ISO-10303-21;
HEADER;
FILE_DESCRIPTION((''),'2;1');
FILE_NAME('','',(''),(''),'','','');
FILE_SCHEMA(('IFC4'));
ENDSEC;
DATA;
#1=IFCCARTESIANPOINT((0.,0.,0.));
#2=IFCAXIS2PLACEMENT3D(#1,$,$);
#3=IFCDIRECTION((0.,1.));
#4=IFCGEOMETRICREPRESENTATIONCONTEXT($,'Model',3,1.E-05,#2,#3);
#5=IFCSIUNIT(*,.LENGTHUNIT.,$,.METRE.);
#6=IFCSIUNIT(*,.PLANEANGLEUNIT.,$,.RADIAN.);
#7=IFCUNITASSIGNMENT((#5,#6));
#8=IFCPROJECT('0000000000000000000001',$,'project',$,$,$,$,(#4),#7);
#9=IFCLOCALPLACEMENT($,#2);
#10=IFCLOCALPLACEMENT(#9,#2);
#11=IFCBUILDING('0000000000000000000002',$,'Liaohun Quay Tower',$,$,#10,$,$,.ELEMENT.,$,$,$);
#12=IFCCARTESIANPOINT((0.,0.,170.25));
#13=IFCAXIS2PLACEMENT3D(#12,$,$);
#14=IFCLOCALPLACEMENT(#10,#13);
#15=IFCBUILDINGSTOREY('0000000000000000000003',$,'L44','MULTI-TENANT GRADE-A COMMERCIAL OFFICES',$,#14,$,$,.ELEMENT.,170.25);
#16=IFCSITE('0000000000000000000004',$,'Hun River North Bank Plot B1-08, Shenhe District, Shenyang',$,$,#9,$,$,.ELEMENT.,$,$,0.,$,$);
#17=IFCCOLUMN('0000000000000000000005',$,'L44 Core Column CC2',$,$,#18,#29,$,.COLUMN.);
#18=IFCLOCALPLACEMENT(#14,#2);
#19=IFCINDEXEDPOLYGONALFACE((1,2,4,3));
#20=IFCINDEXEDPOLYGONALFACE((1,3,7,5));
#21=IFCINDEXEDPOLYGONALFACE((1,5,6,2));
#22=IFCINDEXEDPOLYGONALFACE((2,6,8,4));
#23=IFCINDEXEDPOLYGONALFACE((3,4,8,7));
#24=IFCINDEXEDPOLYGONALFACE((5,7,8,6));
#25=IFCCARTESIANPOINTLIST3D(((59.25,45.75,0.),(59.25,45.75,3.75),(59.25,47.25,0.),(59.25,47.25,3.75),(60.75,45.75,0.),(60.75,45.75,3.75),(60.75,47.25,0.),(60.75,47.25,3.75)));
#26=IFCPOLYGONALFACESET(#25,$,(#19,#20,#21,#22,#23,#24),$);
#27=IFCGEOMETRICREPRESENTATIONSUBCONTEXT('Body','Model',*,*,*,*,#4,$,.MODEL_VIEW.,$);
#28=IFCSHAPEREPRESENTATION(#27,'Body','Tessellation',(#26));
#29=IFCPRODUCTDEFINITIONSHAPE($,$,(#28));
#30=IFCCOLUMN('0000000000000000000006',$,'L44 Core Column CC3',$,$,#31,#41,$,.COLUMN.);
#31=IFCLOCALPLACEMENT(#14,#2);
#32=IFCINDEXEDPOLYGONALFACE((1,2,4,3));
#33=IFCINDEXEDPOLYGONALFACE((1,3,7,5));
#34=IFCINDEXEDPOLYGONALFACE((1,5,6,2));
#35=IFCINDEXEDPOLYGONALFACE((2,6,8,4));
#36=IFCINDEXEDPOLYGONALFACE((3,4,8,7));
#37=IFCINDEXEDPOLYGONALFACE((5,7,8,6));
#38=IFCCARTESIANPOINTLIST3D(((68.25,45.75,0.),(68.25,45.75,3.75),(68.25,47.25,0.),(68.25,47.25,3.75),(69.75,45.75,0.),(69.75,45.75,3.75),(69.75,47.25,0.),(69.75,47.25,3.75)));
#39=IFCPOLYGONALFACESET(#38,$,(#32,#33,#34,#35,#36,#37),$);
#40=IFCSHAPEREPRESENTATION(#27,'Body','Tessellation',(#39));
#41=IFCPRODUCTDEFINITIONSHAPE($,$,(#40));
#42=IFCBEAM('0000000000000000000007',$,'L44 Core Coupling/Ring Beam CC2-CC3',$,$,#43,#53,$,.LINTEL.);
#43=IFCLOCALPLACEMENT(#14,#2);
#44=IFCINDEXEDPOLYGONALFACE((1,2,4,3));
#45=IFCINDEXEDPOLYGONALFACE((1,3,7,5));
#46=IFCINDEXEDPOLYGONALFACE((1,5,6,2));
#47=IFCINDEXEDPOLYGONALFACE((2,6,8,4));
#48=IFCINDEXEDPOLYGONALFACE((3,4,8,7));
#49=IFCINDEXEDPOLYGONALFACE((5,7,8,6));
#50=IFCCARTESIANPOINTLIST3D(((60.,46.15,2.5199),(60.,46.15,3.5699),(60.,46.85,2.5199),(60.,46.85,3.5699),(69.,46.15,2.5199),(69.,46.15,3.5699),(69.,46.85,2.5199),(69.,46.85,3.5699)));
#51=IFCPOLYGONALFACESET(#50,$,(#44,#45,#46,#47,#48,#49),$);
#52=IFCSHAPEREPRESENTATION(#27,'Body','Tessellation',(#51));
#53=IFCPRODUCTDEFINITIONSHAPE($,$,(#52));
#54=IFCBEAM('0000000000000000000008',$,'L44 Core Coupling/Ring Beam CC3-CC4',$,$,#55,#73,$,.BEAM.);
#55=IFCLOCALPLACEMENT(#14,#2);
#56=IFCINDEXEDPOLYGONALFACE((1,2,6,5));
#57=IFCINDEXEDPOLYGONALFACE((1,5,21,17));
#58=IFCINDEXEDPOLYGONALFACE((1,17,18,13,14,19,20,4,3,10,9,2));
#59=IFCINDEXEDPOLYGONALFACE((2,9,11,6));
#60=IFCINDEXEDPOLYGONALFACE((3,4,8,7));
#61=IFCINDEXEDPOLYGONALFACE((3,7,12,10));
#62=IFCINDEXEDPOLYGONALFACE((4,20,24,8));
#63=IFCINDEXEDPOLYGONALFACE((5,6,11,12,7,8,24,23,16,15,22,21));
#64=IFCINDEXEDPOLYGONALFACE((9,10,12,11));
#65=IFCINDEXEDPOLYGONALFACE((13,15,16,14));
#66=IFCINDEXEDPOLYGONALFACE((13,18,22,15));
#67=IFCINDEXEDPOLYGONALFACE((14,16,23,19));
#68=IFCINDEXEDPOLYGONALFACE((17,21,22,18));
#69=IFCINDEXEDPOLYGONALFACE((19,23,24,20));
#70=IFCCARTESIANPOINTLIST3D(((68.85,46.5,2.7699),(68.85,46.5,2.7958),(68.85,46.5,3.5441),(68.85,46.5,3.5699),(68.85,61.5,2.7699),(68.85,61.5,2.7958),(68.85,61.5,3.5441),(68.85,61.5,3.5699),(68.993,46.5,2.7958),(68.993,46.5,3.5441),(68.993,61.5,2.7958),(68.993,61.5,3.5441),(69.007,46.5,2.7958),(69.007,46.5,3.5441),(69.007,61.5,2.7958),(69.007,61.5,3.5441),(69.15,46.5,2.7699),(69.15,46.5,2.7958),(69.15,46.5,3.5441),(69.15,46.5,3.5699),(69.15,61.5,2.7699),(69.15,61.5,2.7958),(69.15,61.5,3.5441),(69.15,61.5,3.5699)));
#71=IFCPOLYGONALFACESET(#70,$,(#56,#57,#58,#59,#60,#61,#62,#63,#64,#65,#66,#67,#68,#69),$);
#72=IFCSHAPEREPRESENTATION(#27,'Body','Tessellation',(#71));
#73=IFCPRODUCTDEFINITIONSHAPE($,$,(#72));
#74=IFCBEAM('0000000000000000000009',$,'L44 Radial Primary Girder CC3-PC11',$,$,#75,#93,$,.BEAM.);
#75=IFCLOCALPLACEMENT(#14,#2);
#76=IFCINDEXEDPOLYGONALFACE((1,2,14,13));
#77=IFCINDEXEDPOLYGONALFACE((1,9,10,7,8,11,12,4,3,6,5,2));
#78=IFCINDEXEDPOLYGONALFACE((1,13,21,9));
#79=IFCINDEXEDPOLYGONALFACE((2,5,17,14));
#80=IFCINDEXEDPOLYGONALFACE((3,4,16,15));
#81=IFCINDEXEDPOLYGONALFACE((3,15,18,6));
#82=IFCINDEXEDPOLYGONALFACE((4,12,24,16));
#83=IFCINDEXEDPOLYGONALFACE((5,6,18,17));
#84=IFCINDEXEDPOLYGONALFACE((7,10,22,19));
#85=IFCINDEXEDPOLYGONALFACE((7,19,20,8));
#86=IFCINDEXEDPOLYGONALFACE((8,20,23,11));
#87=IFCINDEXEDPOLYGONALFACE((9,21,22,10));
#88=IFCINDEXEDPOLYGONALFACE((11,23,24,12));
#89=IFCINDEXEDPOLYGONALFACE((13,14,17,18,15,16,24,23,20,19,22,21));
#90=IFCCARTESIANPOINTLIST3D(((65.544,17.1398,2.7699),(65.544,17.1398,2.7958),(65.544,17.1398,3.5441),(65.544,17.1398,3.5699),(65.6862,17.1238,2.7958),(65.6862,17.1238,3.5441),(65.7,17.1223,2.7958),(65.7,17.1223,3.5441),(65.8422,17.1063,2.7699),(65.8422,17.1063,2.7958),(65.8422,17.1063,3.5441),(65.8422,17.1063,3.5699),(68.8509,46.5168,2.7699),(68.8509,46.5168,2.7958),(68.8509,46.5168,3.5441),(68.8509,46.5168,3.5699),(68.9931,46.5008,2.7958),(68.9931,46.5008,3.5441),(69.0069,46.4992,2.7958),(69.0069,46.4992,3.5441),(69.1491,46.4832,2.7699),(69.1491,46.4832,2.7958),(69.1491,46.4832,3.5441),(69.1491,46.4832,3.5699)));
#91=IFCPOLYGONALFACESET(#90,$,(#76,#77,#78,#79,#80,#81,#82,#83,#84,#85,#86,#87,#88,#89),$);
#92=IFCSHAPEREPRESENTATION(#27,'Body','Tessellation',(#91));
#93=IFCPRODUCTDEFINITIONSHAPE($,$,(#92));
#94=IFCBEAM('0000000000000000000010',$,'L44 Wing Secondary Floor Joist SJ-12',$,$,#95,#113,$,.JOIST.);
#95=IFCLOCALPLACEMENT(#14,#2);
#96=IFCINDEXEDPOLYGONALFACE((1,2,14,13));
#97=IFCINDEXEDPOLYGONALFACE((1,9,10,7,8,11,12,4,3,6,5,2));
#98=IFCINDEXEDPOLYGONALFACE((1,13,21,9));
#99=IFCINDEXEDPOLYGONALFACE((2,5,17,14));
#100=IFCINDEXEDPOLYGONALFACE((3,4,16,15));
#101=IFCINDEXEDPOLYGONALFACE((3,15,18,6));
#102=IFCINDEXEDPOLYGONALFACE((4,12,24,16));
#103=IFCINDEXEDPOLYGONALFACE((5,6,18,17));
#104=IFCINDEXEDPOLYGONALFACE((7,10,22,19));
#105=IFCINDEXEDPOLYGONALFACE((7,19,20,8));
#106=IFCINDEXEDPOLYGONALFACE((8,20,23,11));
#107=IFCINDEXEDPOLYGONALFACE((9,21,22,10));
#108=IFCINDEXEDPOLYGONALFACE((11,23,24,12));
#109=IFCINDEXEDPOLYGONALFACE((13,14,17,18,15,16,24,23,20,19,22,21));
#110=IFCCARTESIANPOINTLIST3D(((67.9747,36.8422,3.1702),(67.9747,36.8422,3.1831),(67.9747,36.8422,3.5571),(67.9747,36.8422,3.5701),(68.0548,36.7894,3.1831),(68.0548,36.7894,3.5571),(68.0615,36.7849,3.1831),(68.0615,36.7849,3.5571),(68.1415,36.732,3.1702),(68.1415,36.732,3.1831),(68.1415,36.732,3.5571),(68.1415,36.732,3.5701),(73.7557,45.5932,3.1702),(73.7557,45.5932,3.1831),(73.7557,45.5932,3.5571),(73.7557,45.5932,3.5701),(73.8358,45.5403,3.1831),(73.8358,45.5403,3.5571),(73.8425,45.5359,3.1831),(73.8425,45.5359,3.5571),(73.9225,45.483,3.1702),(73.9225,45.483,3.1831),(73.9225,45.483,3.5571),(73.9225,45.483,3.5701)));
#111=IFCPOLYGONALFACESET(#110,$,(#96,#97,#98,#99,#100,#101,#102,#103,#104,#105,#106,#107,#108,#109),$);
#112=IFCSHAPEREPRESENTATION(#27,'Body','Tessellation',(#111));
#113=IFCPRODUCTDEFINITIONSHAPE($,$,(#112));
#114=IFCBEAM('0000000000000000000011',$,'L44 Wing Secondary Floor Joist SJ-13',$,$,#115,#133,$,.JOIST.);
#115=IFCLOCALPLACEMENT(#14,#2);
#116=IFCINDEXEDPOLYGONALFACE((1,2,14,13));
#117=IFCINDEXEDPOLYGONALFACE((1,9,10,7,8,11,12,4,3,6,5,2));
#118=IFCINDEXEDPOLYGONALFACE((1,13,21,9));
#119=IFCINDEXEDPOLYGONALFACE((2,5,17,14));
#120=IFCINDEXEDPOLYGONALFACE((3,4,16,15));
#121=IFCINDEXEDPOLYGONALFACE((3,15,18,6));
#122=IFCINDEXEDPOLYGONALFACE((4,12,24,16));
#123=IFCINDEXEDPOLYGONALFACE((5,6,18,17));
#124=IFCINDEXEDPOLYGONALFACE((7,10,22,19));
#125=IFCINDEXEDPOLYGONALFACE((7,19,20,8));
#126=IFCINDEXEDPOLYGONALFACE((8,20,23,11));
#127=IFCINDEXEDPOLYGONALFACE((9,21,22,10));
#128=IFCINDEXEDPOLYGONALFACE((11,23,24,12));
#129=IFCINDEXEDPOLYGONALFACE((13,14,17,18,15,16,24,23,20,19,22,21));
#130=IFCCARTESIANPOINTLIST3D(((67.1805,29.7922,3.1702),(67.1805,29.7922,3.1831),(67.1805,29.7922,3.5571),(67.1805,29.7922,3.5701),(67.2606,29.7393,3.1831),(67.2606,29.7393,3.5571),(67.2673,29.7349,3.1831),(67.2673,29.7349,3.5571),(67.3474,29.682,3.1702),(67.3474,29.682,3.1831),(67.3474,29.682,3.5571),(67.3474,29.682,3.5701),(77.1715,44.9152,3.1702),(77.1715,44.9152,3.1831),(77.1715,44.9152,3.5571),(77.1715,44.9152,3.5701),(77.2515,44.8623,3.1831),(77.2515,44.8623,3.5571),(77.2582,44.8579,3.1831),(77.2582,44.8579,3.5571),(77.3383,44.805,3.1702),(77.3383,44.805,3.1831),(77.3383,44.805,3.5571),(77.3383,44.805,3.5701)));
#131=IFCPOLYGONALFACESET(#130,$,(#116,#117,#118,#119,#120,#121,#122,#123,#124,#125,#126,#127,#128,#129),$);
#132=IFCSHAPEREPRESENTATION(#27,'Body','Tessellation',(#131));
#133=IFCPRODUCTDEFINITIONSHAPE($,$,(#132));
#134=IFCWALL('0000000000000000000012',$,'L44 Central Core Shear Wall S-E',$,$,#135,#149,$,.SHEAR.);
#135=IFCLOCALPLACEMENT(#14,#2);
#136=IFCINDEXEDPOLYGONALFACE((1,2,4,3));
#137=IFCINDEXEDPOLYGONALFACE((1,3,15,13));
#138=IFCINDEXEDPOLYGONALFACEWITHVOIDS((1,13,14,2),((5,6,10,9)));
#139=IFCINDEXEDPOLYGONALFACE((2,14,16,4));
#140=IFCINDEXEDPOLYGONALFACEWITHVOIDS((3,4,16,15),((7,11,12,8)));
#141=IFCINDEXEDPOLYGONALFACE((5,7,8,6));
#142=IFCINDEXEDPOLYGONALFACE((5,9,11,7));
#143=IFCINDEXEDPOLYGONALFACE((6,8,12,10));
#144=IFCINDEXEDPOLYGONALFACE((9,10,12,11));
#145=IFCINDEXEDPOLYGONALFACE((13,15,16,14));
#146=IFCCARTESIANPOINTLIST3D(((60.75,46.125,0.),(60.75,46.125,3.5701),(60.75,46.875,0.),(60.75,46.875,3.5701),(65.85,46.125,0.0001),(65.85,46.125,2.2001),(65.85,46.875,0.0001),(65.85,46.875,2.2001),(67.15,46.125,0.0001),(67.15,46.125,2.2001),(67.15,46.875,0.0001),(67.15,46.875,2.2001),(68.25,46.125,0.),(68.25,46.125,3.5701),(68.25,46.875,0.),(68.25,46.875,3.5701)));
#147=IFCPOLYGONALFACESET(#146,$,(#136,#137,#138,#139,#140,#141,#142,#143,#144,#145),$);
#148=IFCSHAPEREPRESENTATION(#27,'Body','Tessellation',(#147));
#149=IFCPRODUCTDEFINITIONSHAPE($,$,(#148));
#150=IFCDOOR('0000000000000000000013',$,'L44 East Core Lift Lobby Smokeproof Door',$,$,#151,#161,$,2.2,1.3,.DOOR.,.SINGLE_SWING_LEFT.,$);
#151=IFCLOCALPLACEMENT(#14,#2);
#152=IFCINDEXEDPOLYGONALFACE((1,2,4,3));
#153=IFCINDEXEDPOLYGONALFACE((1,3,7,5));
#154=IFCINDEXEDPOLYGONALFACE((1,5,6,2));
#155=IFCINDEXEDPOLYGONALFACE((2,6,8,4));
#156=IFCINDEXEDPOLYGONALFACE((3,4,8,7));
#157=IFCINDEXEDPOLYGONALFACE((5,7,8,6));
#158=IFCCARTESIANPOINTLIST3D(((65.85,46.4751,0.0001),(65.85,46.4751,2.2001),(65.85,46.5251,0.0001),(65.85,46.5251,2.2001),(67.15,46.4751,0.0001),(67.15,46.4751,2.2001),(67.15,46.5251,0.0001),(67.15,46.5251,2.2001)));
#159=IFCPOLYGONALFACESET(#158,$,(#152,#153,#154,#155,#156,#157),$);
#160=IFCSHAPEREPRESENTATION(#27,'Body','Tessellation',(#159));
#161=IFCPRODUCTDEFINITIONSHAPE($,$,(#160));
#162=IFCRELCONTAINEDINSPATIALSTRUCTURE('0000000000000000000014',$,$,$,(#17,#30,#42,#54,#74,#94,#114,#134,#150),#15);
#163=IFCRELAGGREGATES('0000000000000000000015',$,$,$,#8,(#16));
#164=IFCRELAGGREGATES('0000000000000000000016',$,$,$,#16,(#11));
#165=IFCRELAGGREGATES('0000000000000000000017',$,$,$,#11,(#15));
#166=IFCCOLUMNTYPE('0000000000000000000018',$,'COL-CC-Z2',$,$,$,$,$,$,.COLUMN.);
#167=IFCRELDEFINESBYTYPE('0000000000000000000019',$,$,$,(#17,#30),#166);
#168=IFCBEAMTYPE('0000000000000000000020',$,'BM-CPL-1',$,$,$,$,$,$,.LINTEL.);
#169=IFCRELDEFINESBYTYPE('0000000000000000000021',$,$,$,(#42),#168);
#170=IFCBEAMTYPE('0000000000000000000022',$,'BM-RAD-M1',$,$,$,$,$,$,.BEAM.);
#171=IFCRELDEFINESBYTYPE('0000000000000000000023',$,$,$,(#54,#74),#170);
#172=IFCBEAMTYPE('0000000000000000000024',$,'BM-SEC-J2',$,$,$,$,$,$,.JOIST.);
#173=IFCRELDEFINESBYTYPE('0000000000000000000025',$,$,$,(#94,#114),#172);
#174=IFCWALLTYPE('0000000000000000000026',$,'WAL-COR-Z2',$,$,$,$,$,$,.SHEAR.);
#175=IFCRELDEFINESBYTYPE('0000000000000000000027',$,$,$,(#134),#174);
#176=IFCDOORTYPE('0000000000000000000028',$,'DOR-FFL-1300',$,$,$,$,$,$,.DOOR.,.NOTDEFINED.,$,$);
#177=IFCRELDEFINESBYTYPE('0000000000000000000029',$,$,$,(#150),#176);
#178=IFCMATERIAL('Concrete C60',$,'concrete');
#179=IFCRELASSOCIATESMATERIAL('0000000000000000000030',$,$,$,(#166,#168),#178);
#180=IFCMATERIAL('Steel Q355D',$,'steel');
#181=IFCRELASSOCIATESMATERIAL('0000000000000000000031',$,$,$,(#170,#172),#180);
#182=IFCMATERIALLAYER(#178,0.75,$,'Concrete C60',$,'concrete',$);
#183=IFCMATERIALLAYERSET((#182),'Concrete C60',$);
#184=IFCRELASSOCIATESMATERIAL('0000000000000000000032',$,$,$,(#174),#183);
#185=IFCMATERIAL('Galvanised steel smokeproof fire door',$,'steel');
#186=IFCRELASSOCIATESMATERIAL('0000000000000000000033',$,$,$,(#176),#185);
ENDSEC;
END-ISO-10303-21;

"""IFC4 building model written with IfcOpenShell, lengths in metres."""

from ifc_helpers import new_model, si_unit, direction, frame, frame_2d, origin, origin_2d, place, context, subcontext, project, spatial, rectangle, i_section, extrude, source, transform, mapped, material, layer, layer_set, material_profile, profile_set, type_object, element, fill, save


model = new_model("IFC4")

# Units and contexts
model_context = context("Model", 3, precision=1e-05, world=origin(), true_north=direction((0.0, 1.0)))
body_context = subcontext(model_context, "Body", "Model", "MODEL_VIEW")
ifc_project = project(units=[si_unit("LENGTHUNIT", "METRE"), si_unit("PLANEANGLEUNIT", "RADIAN")], contexts=[model_context])

# Site, building, storey
site_placement = place(None, origin())
site = spatial("IfcSite", under=ifc_project, at=site_placement, Name="Hun River North Bank Plot B1-08, Shenhe District, Shenyang", CompositionType="ELEMENT", RefElevation=0.0)
building_placement = place(site_placement, origin())
building = spatial("IfcBuilding", under=site, at=building_placement, Name="Liaohun Quay Tower", CompositionType="ELEMENT")
storey_placement = place(building_placement, frame((0.0, 0.0, 170.25)))
storey = spatial("IfcBuildingStorey", under=building, at=storey_placement, Name="L44", Description="MULTI-TENANT GRADE-A COMMERCIAL OFFICES", CompositionType="ELEMENT", Elevation=170.25)

# Columns
ifc_material_1 = material(Name="Concrete C60", Category="concrete")
ifc_material_profile_1 = material_profile(ifc_material_1, rectangle(XDim=1.5, YDim=1.5, at=origin_2d()), Name="RC1500x1500")
ifc_profile_set_1 = profile_set([ifc_material_profile_1], Name="Concrete C60")
column_type = type_object("IfcColumnType", Name="COL-CC-Z2", PredefinedType="COLUMN", material=ifc_profile_set_1)
shared_shape_1 = source(origin(), body_context, "Body", "SweptSolid", [
    extrude(rectangle(XDim=1.5, YDim=1.5, at=origin_2d()), origin(), (0.0, 0.0, 1.0), 3.75),
])
for number, where, z_axis, x_axis, name in (
    (1, (60.0, 46.5, 0.0), (0.0, 0.0, 1.0), (1.0, 0.0, 0.0), "L44 Core Column CC2"),
    (2, (69.0, 46.5, 0.0), (0.0, 0.0, 1.0), (1.0, 0.0, 0.0), "L44 Core Column CC3"),
):
    element("IfcColumn", number, at=place(storey_placement, frame(where, z_axis=z_axis, x_axis=x_axis)), inside=storey, type_object=column_type, Name=name, PredefinedType="COLUMN", context=body_context, shape_type="MappedRepresentation", body=[
        mapped(shared_shape_1, transform((0.0, 0.0, 0.0), x_axis=(1.0, 0.0, 0.0), y_axis=(0.0, 1.0, 0.0), z_axis=(0.0, 0.0, 1.0), scale=1.0)),
    ])

# Beams
ifc_material_profile_2 = material_profile(ifc_material_1, rectangle(XDim=0.7, YDim=1.05, at=origin_2d()), Name="RC700x1050")
ifc_profile_set_2 = profile_set([ifc_material_profile_2], Name="Concrete C60")
beam_type_1 = type_object("IfcBeamType", Name="BM-CPL-1", PredefinedType="LINTEL", material=ifc_profile_set_2)
shared_shape_2 = source(origin(), body_context, "Body", "SweptSolid", [
    extrude(rectangle(XDim=0.7, YDim=1.05, at=origin_2d()), origin(), (0.0, 0.0, 1.0), 9.0),
])
beam_1_placement = place(storey_placement, frame((60.0, 46.5, 3.0449), z_axis=(1.0, 0.0, 0.0), x_axis=(0.0, 1.0, 0.0)))
element("IfcBeam", 3, at=beam_1_placement, inside=storey, type_object=beam_type_1, Name="L44 Core Coupling/Ring Beam CC2-CC3", PredefinedType="LINTEL", context=body_context, shape_type="MappedRepresentation", body=[
    mapped(shared_shape_2, transform((0.0, 0.0, 0.0), x_axis=(1.0, 0.0, 0.0), y_axis=(0.0, 1.0, 0.0), z_axis=(0.0, 0.0, 1.0), scale=1.0)),
])
ifc_material_2 = material(Name="Steel Q355D", Category="steel")
ifc_material_profile_3 = material_profile(ifc_material_2, i_section(OverallWidth=0.3, OverallDepth=0.8, WebThickness=0.0139, FlangeThickness=0.0259, at=origin_2d()), Name="HN800x300x14x26")
ifc_profile_set_3 = profile_set([ifc_material_profile_3], Name="Steel Q355D")
beam_type_2 = type_object("IfcBeamType", Name="BM-RAD-M1", PredefinedType="BEAM", material=ifc_profile_set_3)
shared_shape_3 = source(origin(), body_context, "Body", "SweptSolid", [
    extrude(i_section(OverallWidth=0.3, OverallDepth=0.8, WebThickness=0.0139, FlangeThickness=0.0259, at=origin_2d()), origin(), (0.0, 0.0, 1.0), 15.0),
])
beam_2_placement = place(storey_placement, frame((69.0, 46.5, 3.1699), z_axis=(0.0, 1.0, 0.0), x_axis=(-1.0, 0.0, 0.0)))
element("IfcBeam", 4, at=beam_2_placement, inside=storey, type_object=beam_type_2, Name="L44 Core Coupling/Ring Beam CC3-CC4", PredefinedType="BEAM", context=body_context, shape_type="MappedRepresentation", body=[
    mapped(shared_shape_3, transform((0.0, 0.0, 0.0), x_axis=(1.0, 0.0, 0.0), y_axis=(0.0, 1.0, 0.0), z_axis=(0.0, 0.0, 1.0), scale=1.0)),
])
shared_shape_4 = source(origin(), body_context, "Body", "SweptSolid", [
    extrude(i_section(OverallWidth=0.3, OverallDepth=0.8, WebThickness=0.0139, FlangeThickness=0.0259, at=origin_2d()), origin(), (0.0, 0.0, 1.0), 29.5625),
])
beam_3_placement = place(storey_placement, frame((69.0, 46.5, 3.1699), z_axis=(-0.111861, -0.993724, 0.0), x_axis=(0.993724, -0.111861, 0.0)))
element("IfcBeam", 5, at=beam_3_placement, inside=storey, type_object=beam_type_2, Name="L44 Radial Primary Girder CC3-PC11", PredefinedType="BEAM", context=body_context, shape_type="MappedRepresentation", body=[
    mapped(shared_shape_4, transform((0.0, 0.0, 0.0), x_axis=(1.0, 0.0, 0.0), y_axis=(0.0, 1.0, 0.0), z_axis=(0.0, 0.0, 1.0), scale=1.0)),
])
ifc_material_profile_4 = material_profile(ifc_material_2, i_section(OverallWidth=0.2, OverallDepth=0.3999, WebThickness=0.0081, FlangeThickness=0.0129, at=origin_2d()), Name="HN400x200x8x13")
ifc_profile_set_4 = profile_set([ifc_material_profile_4], Name="Steel Q355D")
beam_type_3 = type_object("IfcBeamType", Name="BM-SEC-J2", PredefinedType="JOIST", material=ifc_profile_set_4)
shared_shape_5 = source(origin(), body_context, "Body", "SweptSolid", [
    extrude(i_section(OverallWidth=0.2, OverallDepth=0.3999, WebThickness=0.0081, FlangeThickness=0.0129, at=origin_2d()), origin(), (0.0, 0.0, 1.0), 10.488),
])
beam_4_placement = place(storey_placement, frame((73.8391, 45.5381, 3.3701), z_axis=(-0.551198, -0.834374, 0.0), x_axis=(0.834374, -0.551198, 0.0)))
element("IfcBeam", 6, at=beam_4_placement, inside=storey, type_object=beam_type_3, Name="L44 Wing Secondary Floor Joist SJ-12", PredefinedType="JOIST", context=body_context, shape_type="MappedRepresentation", body=[
    mapped(shared_shape_5, transform((0.0, 0.0, 0.0), x_axis=(1.0, 0.0, 0.0), y_axis=(0.0, 1.0, 0.0), z_axis=(0.0, 0.0, 1.0), scale=1.0)),
])
shared_shape_6 = source(origin(), body_context, "Body", "SweptSolid", [
    extrude(i_section(OverallWidth=0.2, OverallDepth=0.3999, WebThickness=0.0081, FlangeThickness=0.0129, at=origin_2d()), origin(), (0.0, 0.0, 1.0), 18.1252),
])
beam_5_placement = place(storey_placement, frame((77.2549, 44.8601, 3.3701), z_axis=(-0.551217, -0.834362, 0.0), x_axis=(0.834362, -0.551217, 0.0)))
element("IfcBeam", 7, at=beam_5_placement, inside=storey, type_object=beam_type_3, Name="L44 Wing Secondary Floor Joist SJ-13", PredefinedType="JOIST", context=body_context, shape_type="MappedRepresentation", body=[
    mapped(shared_shape_6, transform((0.0, 0.0, 0.0), x_axis=(1.0, 0.0, 0.0), y_axis=(0.0, 1.0, 0.0), z_axis=(0.0, 0.0, 1.0), scale=1.0)),
])

# Wall, opening, door
ifc_layer_1 = layer(ifc_material_1, 0.75, Name="Concrete C60", Category="concrete")
ifc_layer_set_1 = layer_set([ifc_layer_1], Name="Concrete C60")
wall_type_1 = type_object("IfcWallType", Name="WAL-COR-Z2", PredefinedType="SHEAR", material=ifc_layer_set_1)
wall_1_placement = place(storey_placement, frame((68.25, 46.5, 0.0), z_axis=(0.0, 0.0, 1.0), x_axis=(-1.0, 0.0, 0.0)))
wall_1 = element("IfcWall", 8, at=wall_1_placement, inside=storey, type_object=wall_type_1, Name="L44 Central Core Shear Wall S-E", PredefinedType="SHEAR", context=body_context, shape_type="SweptSolid", body=[
    extrude(rectangle(XDim=7.5, YDim=0.75, at=frame_2d((3.75, 0.0))), origin(), (0.0, 0.0, 1.0), 3.5701),
])
shared_shape_7 = source(origin(), body_context, "Body", "SweptSolid", [
    extrude(rectangle(XDim=1.3, YDim=2.2, at=frame_2d((0.6499, 1.1001))), frame((0.0, 0.385, 0.0), z_axis=(0.0, -1.0, 0.0), x_axis=(1.0, 0.0, 0.0)), (0.0, 0.0, 1.0), 0.77),
])
opening_1_placement = place(wall_1_placement, frame((1.1001, 0.0, 0.0)))
opening_1 = element("IfcOpeningElement", 9, at=opening_1_placement, cuts=wall_1, PredefinedType="OPENING", context=body_context, shape_type="MappedRepresentation", body=[
    mapped(shared_shape_7, transform((0.0, 0.0, 0.0), x_axis=(1.0, 0.0, 0.0), y_axis=(0.0, 1.0, 0.0), z_axis=(0.0, 0.0, 1.0), scale=1.0)),
])
ifc_material_3 = material(Name="Galvanised steel smokeproof fire door", Category="steel")
door_type_1 = type_object("IfcDoorType", Name="DOR-FFL-1300", OperationType="NOTDEFINED", PredefinedType="DOOR", material=ifc_material_3)
shared_shape_8 = source(origin(), body_context, "Body", "SweptSolid", [
    extrude(rectangle(XDim=1.3, YDim=2.2, at=frame_2d((0.6499, 1.1001))), frame((0.0, 0.0249, 0.0), z_axis=(0.0, -1.0, 0.0), x_axis=(1.0, 0.0, 0.0)), (0.0, 0.0, 1.0), 0.05),
])
door_1_placement = place(opening_1_placement, origin())
door_1 = element("IfcDoor", 10, at=door_1_placement, inside=storey, type_object=door_type_1, Name="L44 East Core Lift Lobby Smokeproof Door", OperationType="SINGLE_SWING_LEFT", OverallHeight=2.2, OverallWidth=1.3, PredefinedType="DOOR", context=body_context, shape_type="MappedRepresentation", body=[
    mapped(shared_shape_8, transform((0.0, 0.0, 0.0), x_axis=(1.0, 0.0, 0.0), y_axis=(0.0, 1.0, 0.0), z_axis=(0.0, 0.0, 1.0), scale=1.0)),
])
fill(opening_1, door_1)

save(model, "model.ifc")
